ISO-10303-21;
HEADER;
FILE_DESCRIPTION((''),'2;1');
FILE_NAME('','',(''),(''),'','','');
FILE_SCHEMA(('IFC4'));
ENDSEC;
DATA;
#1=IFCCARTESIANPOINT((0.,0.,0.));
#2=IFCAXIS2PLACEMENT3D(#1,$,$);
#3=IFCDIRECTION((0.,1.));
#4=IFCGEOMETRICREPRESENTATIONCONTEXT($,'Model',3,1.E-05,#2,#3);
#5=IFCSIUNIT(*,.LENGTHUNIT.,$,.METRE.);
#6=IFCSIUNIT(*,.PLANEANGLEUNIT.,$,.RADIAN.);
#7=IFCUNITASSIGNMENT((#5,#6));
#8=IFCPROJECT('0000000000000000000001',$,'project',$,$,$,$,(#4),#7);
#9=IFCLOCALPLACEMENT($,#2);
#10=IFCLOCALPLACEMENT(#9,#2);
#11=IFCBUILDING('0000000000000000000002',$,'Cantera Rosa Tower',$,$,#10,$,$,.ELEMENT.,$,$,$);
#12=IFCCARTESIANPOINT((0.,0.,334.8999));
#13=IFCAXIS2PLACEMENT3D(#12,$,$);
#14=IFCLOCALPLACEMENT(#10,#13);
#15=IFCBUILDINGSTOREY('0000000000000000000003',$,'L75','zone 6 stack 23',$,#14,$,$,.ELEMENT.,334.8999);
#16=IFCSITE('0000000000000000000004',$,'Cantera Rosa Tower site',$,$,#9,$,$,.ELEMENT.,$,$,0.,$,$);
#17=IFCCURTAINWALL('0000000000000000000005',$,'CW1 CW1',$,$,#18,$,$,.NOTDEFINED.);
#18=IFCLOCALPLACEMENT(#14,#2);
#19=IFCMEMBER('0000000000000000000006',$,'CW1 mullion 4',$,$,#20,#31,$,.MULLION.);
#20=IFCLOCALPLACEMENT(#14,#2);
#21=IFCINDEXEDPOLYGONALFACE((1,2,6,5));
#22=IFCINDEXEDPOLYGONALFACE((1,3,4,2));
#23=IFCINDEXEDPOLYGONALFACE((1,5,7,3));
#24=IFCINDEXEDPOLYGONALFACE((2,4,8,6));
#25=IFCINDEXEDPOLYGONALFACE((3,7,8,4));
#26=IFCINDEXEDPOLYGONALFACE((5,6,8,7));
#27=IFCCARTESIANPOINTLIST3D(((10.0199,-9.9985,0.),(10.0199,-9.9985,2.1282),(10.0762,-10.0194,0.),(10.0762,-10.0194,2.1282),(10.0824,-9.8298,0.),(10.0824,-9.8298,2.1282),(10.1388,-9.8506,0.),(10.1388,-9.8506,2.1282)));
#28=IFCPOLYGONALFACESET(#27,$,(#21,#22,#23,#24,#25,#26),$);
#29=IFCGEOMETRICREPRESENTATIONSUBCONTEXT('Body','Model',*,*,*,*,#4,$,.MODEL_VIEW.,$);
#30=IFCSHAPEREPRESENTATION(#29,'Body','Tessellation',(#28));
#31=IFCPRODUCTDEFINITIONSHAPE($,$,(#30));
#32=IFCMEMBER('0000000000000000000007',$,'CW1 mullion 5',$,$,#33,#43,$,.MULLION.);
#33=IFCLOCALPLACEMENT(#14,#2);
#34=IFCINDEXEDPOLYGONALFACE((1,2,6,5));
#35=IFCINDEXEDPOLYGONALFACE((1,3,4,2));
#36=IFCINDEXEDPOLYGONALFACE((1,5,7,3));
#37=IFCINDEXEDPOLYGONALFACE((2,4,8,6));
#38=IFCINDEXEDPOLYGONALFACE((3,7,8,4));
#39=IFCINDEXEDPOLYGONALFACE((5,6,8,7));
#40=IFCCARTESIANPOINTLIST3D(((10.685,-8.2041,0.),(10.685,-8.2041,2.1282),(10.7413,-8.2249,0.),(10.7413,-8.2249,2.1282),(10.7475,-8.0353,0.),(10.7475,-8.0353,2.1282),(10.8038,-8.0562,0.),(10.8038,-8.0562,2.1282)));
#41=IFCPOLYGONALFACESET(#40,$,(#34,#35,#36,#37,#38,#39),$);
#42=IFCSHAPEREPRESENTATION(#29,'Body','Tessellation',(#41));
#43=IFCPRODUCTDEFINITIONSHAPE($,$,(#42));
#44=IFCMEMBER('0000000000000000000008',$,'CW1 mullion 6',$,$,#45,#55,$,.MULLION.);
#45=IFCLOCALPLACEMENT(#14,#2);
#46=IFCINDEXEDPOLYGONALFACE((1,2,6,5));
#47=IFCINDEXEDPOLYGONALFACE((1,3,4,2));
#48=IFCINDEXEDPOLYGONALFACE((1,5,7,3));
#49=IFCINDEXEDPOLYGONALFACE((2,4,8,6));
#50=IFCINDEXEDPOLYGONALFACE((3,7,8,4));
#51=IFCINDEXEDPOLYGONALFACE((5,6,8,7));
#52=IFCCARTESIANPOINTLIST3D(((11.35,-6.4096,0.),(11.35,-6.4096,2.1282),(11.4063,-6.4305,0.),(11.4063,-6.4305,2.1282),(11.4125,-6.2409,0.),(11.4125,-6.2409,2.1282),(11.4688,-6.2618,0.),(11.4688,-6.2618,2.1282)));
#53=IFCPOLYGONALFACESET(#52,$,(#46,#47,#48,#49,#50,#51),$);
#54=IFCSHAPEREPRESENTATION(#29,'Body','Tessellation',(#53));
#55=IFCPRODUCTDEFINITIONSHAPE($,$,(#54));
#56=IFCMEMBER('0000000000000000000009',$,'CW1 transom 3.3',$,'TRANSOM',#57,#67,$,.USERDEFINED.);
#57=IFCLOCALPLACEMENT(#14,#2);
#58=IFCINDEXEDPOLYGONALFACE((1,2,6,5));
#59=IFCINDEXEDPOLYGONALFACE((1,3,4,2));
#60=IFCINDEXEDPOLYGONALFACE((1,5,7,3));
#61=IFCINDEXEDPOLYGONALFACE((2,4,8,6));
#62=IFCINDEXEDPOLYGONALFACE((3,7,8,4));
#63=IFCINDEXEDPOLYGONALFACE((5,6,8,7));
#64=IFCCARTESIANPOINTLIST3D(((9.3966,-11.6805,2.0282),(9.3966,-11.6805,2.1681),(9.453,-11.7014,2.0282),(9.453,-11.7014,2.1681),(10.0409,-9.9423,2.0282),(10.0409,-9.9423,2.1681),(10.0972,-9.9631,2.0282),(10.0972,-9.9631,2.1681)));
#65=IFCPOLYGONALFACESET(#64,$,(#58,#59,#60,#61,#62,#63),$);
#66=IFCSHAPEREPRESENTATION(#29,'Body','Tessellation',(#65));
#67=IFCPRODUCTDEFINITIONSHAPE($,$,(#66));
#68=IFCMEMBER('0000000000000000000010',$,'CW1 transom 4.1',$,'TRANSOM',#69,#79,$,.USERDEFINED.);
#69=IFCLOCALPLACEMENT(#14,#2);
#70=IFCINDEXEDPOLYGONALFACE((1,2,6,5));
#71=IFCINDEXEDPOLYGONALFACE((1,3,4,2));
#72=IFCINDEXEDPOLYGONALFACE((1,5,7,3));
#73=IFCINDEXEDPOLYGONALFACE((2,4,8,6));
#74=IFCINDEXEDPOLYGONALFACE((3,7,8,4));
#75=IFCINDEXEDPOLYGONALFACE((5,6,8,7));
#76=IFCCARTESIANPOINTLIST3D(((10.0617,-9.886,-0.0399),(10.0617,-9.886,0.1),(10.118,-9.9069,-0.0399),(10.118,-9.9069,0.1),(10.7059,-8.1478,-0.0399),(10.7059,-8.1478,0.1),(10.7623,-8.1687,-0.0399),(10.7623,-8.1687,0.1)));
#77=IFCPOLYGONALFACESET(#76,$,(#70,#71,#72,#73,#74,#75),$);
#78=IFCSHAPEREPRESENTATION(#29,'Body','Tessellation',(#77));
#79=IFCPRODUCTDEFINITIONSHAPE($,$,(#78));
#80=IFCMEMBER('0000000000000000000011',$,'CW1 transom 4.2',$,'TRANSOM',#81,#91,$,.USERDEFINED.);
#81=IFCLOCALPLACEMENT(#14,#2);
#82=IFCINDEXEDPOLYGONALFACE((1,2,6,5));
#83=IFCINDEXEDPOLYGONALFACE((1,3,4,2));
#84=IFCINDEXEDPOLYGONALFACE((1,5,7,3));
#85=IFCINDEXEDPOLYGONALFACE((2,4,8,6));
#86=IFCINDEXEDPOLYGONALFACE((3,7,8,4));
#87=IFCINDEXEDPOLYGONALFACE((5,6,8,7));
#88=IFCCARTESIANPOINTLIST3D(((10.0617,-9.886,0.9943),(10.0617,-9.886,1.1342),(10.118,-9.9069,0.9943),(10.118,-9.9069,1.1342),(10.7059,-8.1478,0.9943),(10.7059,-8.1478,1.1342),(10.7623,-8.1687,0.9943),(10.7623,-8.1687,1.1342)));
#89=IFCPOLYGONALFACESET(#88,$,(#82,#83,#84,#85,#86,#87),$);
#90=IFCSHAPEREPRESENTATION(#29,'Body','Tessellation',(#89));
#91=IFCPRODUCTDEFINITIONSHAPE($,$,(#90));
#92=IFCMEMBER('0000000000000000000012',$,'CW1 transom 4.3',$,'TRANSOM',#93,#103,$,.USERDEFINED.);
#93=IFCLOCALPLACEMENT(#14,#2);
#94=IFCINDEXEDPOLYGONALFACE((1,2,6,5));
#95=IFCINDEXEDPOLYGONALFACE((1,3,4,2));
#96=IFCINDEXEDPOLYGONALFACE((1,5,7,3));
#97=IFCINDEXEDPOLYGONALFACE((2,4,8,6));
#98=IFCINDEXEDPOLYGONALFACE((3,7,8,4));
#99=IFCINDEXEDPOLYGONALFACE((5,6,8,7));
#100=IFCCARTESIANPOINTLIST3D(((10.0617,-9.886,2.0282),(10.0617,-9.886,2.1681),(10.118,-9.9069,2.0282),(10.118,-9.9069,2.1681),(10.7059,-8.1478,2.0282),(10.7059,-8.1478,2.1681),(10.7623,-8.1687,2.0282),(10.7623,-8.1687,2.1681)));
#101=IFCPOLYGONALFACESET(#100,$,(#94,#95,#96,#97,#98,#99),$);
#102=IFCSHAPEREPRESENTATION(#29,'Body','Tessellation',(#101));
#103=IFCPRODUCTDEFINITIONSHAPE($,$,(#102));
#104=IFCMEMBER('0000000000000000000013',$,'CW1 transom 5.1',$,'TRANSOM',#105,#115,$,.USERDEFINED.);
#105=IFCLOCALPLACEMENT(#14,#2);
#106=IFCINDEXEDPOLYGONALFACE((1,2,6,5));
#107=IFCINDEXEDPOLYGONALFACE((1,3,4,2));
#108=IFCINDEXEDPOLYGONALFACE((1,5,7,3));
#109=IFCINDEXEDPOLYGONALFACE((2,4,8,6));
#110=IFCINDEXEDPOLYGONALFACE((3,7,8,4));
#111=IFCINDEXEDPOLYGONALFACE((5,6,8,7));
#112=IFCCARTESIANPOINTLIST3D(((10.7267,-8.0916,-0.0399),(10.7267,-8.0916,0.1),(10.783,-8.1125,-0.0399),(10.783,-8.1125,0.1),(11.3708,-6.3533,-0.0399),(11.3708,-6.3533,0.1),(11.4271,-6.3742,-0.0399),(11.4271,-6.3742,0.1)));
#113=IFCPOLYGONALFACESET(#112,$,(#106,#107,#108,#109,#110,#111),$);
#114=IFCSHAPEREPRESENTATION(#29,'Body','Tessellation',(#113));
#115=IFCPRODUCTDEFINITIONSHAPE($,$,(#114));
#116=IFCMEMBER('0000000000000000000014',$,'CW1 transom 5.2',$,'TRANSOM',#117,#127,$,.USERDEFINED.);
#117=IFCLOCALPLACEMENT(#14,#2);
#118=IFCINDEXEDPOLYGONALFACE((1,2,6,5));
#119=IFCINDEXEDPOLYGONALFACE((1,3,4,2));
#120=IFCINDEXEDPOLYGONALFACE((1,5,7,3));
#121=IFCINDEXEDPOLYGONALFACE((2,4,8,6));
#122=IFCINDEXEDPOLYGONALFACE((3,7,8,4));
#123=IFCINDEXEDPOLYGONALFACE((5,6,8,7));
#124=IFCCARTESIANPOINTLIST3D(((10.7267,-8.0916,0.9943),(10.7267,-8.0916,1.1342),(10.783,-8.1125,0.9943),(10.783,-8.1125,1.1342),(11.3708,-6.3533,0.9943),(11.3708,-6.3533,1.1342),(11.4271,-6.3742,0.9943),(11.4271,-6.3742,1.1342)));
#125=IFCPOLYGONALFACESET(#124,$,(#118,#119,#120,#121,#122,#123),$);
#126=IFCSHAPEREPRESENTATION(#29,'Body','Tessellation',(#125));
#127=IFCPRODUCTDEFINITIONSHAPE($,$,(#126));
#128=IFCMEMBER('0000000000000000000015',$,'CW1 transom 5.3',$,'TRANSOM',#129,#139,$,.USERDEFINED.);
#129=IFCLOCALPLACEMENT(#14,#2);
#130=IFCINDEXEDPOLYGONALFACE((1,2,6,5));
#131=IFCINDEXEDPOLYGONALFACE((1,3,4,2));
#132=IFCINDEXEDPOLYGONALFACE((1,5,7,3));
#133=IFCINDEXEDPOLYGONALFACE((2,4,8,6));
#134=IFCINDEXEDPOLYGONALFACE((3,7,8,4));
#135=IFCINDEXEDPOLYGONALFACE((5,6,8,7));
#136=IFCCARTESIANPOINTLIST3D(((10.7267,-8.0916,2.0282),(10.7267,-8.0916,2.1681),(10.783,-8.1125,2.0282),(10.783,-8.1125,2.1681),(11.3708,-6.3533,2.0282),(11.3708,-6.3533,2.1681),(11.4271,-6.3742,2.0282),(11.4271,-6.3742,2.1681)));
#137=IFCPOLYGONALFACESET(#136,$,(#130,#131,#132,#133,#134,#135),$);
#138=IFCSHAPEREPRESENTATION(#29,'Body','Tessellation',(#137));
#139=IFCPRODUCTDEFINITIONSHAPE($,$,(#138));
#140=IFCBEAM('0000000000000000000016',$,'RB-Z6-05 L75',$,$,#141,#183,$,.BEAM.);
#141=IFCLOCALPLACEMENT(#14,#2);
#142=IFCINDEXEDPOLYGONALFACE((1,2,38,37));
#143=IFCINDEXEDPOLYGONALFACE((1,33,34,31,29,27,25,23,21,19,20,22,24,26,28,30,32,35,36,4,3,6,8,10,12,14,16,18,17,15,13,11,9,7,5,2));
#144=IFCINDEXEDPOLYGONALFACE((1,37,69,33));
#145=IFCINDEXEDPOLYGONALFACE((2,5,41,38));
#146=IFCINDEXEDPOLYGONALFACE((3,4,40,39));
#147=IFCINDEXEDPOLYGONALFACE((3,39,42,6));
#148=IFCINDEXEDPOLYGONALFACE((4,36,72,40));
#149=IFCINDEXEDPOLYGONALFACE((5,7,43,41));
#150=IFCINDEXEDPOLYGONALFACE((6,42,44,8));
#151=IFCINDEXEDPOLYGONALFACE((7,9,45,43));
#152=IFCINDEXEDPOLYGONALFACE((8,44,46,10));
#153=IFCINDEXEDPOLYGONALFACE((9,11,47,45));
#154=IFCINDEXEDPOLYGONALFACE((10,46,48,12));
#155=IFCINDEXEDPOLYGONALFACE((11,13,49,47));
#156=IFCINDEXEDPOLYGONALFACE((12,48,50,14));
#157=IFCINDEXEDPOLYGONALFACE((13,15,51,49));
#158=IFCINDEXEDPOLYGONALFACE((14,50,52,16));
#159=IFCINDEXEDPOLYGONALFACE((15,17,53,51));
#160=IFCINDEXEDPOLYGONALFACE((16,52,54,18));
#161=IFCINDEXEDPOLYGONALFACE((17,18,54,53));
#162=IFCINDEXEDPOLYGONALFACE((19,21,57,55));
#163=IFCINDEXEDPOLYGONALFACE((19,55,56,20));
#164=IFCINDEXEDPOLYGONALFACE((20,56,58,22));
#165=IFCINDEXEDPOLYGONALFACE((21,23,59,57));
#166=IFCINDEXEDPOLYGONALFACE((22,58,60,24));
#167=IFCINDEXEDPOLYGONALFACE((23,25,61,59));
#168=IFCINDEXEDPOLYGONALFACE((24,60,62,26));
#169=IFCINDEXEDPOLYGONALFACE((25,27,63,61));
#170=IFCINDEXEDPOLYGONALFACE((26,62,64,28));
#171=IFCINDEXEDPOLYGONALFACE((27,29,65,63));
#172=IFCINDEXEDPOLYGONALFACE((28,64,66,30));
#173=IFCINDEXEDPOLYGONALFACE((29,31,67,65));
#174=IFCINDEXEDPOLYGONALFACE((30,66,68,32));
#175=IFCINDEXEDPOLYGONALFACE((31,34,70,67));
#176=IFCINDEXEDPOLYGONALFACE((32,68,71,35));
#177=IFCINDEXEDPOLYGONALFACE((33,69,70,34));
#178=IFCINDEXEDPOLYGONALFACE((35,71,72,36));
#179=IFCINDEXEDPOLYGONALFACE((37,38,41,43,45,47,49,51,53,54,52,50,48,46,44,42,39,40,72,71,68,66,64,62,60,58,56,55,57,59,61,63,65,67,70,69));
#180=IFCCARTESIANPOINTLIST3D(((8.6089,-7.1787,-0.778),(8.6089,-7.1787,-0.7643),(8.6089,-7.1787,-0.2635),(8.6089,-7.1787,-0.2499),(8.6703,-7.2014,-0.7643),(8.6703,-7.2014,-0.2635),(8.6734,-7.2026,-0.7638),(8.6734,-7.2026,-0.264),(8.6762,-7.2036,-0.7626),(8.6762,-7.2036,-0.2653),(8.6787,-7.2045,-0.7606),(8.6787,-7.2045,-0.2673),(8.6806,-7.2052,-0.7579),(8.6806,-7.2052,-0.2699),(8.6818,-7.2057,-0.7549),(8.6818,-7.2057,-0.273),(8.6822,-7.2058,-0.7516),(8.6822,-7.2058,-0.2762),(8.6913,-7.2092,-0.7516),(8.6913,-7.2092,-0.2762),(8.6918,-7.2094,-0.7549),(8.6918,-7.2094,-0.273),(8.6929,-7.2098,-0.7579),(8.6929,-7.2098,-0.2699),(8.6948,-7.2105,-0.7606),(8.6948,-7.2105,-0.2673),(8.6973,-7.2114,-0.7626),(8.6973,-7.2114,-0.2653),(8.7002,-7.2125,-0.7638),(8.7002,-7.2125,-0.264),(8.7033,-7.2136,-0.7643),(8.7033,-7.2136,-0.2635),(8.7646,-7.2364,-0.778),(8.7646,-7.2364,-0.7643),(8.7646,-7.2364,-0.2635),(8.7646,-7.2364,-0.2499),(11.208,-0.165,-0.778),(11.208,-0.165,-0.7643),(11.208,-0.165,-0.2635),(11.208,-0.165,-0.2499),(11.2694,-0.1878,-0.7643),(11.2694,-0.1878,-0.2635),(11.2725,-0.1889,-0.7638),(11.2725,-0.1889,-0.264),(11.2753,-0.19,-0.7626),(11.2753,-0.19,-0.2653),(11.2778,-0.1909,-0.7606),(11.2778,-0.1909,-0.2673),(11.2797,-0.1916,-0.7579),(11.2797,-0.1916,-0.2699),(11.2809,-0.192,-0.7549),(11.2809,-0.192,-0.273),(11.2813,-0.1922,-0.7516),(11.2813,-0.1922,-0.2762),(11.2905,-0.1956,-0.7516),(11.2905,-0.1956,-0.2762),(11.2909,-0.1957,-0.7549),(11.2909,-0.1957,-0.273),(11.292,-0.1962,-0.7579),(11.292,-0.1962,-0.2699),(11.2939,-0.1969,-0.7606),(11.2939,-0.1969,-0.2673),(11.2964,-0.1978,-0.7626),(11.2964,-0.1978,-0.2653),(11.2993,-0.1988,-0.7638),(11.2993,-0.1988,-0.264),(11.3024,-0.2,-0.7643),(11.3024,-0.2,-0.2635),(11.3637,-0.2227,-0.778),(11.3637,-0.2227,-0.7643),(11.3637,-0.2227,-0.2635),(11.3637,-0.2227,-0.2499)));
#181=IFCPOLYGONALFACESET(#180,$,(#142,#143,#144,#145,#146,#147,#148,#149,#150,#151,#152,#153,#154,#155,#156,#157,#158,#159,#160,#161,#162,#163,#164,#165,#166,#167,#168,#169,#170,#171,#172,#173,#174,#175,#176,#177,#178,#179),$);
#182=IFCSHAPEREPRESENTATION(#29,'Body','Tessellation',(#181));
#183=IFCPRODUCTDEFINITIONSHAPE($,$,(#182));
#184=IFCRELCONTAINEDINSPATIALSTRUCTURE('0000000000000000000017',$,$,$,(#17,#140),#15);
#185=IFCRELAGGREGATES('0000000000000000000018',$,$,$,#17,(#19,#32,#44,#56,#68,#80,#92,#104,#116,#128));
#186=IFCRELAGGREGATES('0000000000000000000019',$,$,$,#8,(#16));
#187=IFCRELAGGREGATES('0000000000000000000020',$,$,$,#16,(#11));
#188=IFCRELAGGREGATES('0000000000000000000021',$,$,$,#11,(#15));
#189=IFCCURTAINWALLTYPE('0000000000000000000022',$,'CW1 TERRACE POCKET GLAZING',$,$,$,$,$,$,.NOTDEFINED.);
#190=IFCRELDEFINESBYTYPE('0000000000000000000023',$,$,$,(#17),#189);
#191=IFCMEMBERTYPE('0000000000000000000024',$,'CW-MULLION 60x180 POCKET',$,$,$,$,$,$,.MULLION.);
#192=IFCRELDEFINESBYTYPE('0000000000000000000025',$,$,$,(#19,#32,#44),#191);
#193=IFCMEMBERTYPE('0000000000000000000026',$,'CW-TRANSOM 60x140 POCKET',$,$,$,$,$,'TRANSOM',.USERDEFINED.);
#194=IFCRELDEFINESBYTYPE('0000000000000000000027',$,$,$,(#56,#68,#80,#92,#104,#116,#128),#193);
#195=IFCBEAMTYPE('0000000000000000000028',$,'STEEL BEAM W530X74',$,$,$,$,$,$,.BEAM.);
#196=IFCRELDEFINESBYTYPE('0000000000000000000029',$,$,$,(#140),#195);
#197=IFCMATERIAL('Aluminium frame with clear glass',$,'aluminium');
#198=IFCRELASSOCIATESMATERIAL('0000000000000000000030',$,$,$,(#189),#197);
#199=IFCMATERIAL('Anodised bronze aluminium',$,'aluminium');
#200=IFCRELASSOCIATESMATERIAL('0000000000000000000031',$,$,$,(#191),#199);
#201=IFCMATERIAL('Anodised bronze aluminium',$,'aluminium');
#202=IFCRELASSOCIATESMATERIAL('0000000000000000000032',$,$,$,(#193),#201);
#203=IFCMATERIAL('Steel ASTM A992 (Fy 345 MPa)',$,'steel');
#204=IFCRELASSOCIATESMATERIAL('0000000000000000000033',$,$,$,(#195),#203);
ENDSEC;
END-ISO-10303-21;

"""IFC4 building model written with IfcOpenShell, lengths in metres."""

from ifc_helpers import new_model, si_unit, direction, frame, origin, origin_2d, place, context, subcontext, project, spatial, rectangle, i_section, extrude, material, material_profile, profile_set, type_object, element, aggregate, save


model = new_model("IFC4")

# Units and contexts
model_context = context("Model", 3, precision=1e-05, world=origin(), true_north=direction((0.0, 1.0)))
body_context = subcontext(model_context, "Body", "Model", "MODEL_VIEW")
ifc_project = project(units=[si_unit("LENGTHUNIT", "METRE"), si_unit("PLANEANGLEUNIT", "RADIAN")], contexts=[model_context])

# Site, building, storey
site_placement = place(None, origin())
site = spatial("IfcSite", under=ifc_project, at=site_placement, Name="Cantera Rosa Tower site", CompositionType="ELEMENT", RefElevation=0.0)
building_placement = place(site_placement, origin())
building = spatial("IfcBuilding", under=site, at=building_placement, Name="Cantera Rosa Tower", CompositionType="ELEMENT")
storey_placement = place(building_placement, frame((0.0, 0.0, 334.8999)))
storey = spatial("IfcBuildingStorey", under=building, at=storey_placement, Name="L75", Description="zone 6 stack 23", CompositionType="ELEMENT", Elevation=334.8999)

# Curtain wall, members
ifc_material_1 = material(Name="Aluminium frame with clear glass", Category="aluminium")
curtain_wall_type = type_object("IfcCurtainWallType", Name="CW1 TERRACE POCKET GLAZING", PredefinedType="NOTDEFINED", material=ifc_material_1)
curtain_wall_placement = place(storey_placement, origin())
curtain_wall = element("IfcCurtainWall", 1, at=curtain_wall_placement, inside=storey, type_object=curtain_wall_type, Name="CW1 CW1", PredefinedType="NOTDEFINED")
ifc_material_2 = material(Name="Anodised bronze aluminium", Category="aluminium")
ifc_material_profile_1 = material_profile(ifc_material_2, rectangle(XDim=0.0601, YDim=0.1799, at=origin_2d()), Name="CW-MULLION 60x180 POCKET")
ifc_profile_set_1 = profile_set([ifc_material_profile_1], Name="Anodised bronze aluminium")
member_type_1 = type_object("IfcMemberType", Name="CW-MULLION 60x180 POCKET", PredefinedType="MULLION", material=ifc_profile_set_1)
member_1_placement = place(storey_placement, frame((10.0793, -9.9246, 0.0), z_axis=(0.0, 0.0, 1.0), x_axis=(-0.937687, 0.347481, 0.0)))
member_1 = element("IfcMember", 2, at=member_1_placement, type_object=member_type_1, Name="CW1 mullion 4", PredefinedType="MULLION", context=body_context, shape_type="SweptSolid", body=[
    extrude(rectangle(XDim=0.0601, YDim=0.1799, at=origin_2d()), origin(), (0.0, 0.0, 1.0), 2.1282),
])
member_2_placement = place(storey_placement, frame((10.7444, -8.1301, 0.0), z_axis=(0.0, 0.0, 1.0), x_axis=(-0.937687, 0.347481, 0.0)))
member_2 = element("IfcMember", 3, at=member_2_placement, type_object=member_type_1, Name="CW1 mullion 5", PredefinedType="MULLION", context=body_context, shape_type="SweptSolid", body=[
    extrude(rectangle(XDim=0.0601, YDim=0.1799, at=origin_2d()), origin(), (0.0, 0.0, 1.0), 2.1282),
])
member_3_placement = place(storey_placement, frame((11.4094, -6.3357, 0.0), z_axis=(0.0, 0.0, 1.0), x_axis=(-0.937687, 0.347481, 0.0)))
member_3 = element("IfcMember", 4, at=member_3_placement, type_object=member_type_1, Name="CW1 mullion 6", PredefinedType="MULLION", context=body_context, shape_type="SweptSolid", body=[
    extrude(rectangle(XDim=0.0601, YDim=0.1799, at=origin_2d()), origin(), (0.0, 0.0, 1.0), 2.1282),
])
ifc_material_3 = material(Name="Anodised bronze aluminium", Category="aluminium")
ifc_material_profile_2 = material_profile(ifc_material_3, rectangle(XDim=0.0601, YDim=0.1399, at=origin_2d()), Name="CW-TRANSOM 60x140 POCKET")
ifc_profile_set_2 = profile_set([ifc_material_profile_2], Name="Anodised bronze aluminium")
member_type_2 = type_object("IfcMemberType", Name="CW-TRANSOM 60x140 POCKET", ElementType="TRANSOM", PredefinedType="USERDEFINED", material=ifc_profile_set_2)
member_4_placement = place(storey_placement, frame((9.4248, -11.6909, 2.0981), z_axis=(0.347542, 0.937665, 0.0), x_axis=(-0.937665, 0.347542, 0.0)))
member_4 = element("IfcMember", 5, at=member_4_placement, type_object=member_type_2, Name="CW1 transom 3.3", ObjectType="TRANSOM", PredefinedType="USERDEFINED", context=body_context, shape_type="SweptSolid", body=[
    extrude(rectangle(XDim=0.0601, YDim=0.1399, at=origin_2d()), origin(), (0.0, 0.0, 1.0), 1.8538),
])
member_5_placement = place(storey_placement, frame((10.0898, -9.8965, 0.03), z_axis=(0.347542, 0.937665, 0.0), x_axis=(-0.937665, 0.347542, 0.0)))
member_5 = element("IfcMember", 6, at=member_5_placement, type_object=member_type_2, Name="CW1 transom 4.1", ObjectType="TRANSOM", PredefinedType="USERDEFINED", context=body_context, shape_type="SweptSolid", body=[
    extrude(rectangle(XDim=0.0601, YDim=0.1399, at=origin_2d()), origin(), (0.0, 0.0, 1.0), 1.8538),
])
member_6_placement = place(storey_placement, frame((10.0898, -9.8965, 1.0642), z_axis=(0.347542, 0.937665, 0.0), x_axis=(-0.937665, 0.347542, 0.0)))
member_6 = element("IfcMember", 7, at=member_6_placement, type_object=member_type_2, Name="CW1 transom 4.2", ObjectType="TRANSOM", PredefinedType="USERDEFINED", context=body_context, shape_type="SweptSolid", body=[
    extrude(rectangle(XDim=0.0601, YDim=0.1399, at=origin_2d()), origin(), (0.0, 0.0, 1.0), 1.8538),
])
member_7_placement = place(storey_placement, frame((10.0898, -9.8965, 2.0981), z_axis=(0.347542, 0.937665, 0.0), x_axis=(-0.937665, 0.347542, 0.0)))
member_7 = element("IfcMember", 8, at=member_7_placement, type_object=member_type_2, Name="CW1 transom 4.3", ObjectType="TRANSOM", PredefinedType="USERDEFINED", context=body_context, shape_type="SweptSolid", body=[
    extrude(rectangle(XDim=0.0601, YDim=0.1399, at=origin_2d()), origin(), (0.0, 0.0, 1.0), 1.8538),
])
member_8_placement = place(storey_placement, frame((10.7549, -8.1021, 0.03), z_axis=(0.347426, 0.937707, 0.0), x_axis=(-0.937707, 0.347426, 0.0)))
member_8 = element("IfcMember", 9, at=member_8_placement, type_object=member_type_2, Name="CW1 transom 5.1", ObjectType="TRANSOM", PredefinedType="USERDEFINED", context=body_context, shape_type="SweptSolid", body=[
    extrude(rectangle(XDim=0.0601, YDim=0.1399, at=origin_2d()), origin(), (0.0, 0.0, 1.0), 1.8538),
])
member_9_placement = place(storey_placement, frame((10.7549, -8.1021, 1.0642), z_axis=(0.347426, 0.937707, 0.0), x_axis=(-0.937707, 0.347426, 0.0)))
member_9 = element("IfcMember", 10, at=member_9_placement, type_object=member_type_2, Name="CW1 transom 5.2", ObjectType="TRANSOM", PredefinedType="USERDEFINED", context=body_context, shape_type="SweptSolid", body=[
    extrude(rectangle(XDim=0.0601, YDim=0.1399, at=origin_2d()), origin(), (0.0, 0.0, 1.0), 1.8538),
])
member_10_placement = place(storey_placement, frame((10.7549, -8.1021, 2.0981), z_axis=(0.347426, 0.937707, 0.0), x_axis=(-0.937707, 0.347426, 0.0)))
member_10 = element("IfcMember", 11, at=member_10_placement, type_object=member_type_2, Name="CW1 transom 5.3", ObjectType="TRANSOM", PredefinedType="USERDEFINED", context=body_context, shape_type="SweptSolid", body=[
    extrude(rectangle(XDim=0.0601, YDim=0.1399, at=origin_2d()), origin(), (0.0, 0.0, 1.0), 1.8538),
])

# Beam
ifc_material_4 = material(Name="Steel ASTM A992 (Fy 345 MPa)", Category="steel")
ifc_material_profile_3 = material_profile(ifc_material_4, i_section(OverallWidth=0.166, OverallDepth=0.5281, WebThickness=0.0098, FlangeThickness=0.0137, FilletRadius=0.0127, at=origin_2d()), Name="W530X74")
ifc_profile_set_3 = profile_set([ifc_material_profile_3], Name="Steel ASTM A992 (Fy 345 MPa)")
beam_type = type_object("IfcBeamType", Name="STEEL BEAM W530X74", PredefinedType="BEAM", material=ifc_profile_set_3)
beam_placement = place(storey_placement, frame((8.6868, -7.2075, -0.5139), z_axis=(0.347487, 0.937685, 0.0), x_axis=(-0.937685, 0.347487, 0.0)))
element("IfcBeam", 12, at=beam_placement, inside=storey, type_object=beam_type, Name="RB-Z6-05 L75", PredefinedType="BEAM", context=body_context, shape_type="SweptSolid", body=[
    extrude(i_section(OverallWidth=0.166, OverallDepth=0.5281, WebThickness=0.0098, FlangeThickness=0.0137, FilletRadius=0.0127, at=origin_2d()), origin(), (0.0, 0.0, 1.0), 7.4797),
])

aggregate(curtain_wall, [member_1, member_2, member_3, member_4, member_5, member_6, member_7, member_8, member_9, member_10])

save(model, "model.ifc")
